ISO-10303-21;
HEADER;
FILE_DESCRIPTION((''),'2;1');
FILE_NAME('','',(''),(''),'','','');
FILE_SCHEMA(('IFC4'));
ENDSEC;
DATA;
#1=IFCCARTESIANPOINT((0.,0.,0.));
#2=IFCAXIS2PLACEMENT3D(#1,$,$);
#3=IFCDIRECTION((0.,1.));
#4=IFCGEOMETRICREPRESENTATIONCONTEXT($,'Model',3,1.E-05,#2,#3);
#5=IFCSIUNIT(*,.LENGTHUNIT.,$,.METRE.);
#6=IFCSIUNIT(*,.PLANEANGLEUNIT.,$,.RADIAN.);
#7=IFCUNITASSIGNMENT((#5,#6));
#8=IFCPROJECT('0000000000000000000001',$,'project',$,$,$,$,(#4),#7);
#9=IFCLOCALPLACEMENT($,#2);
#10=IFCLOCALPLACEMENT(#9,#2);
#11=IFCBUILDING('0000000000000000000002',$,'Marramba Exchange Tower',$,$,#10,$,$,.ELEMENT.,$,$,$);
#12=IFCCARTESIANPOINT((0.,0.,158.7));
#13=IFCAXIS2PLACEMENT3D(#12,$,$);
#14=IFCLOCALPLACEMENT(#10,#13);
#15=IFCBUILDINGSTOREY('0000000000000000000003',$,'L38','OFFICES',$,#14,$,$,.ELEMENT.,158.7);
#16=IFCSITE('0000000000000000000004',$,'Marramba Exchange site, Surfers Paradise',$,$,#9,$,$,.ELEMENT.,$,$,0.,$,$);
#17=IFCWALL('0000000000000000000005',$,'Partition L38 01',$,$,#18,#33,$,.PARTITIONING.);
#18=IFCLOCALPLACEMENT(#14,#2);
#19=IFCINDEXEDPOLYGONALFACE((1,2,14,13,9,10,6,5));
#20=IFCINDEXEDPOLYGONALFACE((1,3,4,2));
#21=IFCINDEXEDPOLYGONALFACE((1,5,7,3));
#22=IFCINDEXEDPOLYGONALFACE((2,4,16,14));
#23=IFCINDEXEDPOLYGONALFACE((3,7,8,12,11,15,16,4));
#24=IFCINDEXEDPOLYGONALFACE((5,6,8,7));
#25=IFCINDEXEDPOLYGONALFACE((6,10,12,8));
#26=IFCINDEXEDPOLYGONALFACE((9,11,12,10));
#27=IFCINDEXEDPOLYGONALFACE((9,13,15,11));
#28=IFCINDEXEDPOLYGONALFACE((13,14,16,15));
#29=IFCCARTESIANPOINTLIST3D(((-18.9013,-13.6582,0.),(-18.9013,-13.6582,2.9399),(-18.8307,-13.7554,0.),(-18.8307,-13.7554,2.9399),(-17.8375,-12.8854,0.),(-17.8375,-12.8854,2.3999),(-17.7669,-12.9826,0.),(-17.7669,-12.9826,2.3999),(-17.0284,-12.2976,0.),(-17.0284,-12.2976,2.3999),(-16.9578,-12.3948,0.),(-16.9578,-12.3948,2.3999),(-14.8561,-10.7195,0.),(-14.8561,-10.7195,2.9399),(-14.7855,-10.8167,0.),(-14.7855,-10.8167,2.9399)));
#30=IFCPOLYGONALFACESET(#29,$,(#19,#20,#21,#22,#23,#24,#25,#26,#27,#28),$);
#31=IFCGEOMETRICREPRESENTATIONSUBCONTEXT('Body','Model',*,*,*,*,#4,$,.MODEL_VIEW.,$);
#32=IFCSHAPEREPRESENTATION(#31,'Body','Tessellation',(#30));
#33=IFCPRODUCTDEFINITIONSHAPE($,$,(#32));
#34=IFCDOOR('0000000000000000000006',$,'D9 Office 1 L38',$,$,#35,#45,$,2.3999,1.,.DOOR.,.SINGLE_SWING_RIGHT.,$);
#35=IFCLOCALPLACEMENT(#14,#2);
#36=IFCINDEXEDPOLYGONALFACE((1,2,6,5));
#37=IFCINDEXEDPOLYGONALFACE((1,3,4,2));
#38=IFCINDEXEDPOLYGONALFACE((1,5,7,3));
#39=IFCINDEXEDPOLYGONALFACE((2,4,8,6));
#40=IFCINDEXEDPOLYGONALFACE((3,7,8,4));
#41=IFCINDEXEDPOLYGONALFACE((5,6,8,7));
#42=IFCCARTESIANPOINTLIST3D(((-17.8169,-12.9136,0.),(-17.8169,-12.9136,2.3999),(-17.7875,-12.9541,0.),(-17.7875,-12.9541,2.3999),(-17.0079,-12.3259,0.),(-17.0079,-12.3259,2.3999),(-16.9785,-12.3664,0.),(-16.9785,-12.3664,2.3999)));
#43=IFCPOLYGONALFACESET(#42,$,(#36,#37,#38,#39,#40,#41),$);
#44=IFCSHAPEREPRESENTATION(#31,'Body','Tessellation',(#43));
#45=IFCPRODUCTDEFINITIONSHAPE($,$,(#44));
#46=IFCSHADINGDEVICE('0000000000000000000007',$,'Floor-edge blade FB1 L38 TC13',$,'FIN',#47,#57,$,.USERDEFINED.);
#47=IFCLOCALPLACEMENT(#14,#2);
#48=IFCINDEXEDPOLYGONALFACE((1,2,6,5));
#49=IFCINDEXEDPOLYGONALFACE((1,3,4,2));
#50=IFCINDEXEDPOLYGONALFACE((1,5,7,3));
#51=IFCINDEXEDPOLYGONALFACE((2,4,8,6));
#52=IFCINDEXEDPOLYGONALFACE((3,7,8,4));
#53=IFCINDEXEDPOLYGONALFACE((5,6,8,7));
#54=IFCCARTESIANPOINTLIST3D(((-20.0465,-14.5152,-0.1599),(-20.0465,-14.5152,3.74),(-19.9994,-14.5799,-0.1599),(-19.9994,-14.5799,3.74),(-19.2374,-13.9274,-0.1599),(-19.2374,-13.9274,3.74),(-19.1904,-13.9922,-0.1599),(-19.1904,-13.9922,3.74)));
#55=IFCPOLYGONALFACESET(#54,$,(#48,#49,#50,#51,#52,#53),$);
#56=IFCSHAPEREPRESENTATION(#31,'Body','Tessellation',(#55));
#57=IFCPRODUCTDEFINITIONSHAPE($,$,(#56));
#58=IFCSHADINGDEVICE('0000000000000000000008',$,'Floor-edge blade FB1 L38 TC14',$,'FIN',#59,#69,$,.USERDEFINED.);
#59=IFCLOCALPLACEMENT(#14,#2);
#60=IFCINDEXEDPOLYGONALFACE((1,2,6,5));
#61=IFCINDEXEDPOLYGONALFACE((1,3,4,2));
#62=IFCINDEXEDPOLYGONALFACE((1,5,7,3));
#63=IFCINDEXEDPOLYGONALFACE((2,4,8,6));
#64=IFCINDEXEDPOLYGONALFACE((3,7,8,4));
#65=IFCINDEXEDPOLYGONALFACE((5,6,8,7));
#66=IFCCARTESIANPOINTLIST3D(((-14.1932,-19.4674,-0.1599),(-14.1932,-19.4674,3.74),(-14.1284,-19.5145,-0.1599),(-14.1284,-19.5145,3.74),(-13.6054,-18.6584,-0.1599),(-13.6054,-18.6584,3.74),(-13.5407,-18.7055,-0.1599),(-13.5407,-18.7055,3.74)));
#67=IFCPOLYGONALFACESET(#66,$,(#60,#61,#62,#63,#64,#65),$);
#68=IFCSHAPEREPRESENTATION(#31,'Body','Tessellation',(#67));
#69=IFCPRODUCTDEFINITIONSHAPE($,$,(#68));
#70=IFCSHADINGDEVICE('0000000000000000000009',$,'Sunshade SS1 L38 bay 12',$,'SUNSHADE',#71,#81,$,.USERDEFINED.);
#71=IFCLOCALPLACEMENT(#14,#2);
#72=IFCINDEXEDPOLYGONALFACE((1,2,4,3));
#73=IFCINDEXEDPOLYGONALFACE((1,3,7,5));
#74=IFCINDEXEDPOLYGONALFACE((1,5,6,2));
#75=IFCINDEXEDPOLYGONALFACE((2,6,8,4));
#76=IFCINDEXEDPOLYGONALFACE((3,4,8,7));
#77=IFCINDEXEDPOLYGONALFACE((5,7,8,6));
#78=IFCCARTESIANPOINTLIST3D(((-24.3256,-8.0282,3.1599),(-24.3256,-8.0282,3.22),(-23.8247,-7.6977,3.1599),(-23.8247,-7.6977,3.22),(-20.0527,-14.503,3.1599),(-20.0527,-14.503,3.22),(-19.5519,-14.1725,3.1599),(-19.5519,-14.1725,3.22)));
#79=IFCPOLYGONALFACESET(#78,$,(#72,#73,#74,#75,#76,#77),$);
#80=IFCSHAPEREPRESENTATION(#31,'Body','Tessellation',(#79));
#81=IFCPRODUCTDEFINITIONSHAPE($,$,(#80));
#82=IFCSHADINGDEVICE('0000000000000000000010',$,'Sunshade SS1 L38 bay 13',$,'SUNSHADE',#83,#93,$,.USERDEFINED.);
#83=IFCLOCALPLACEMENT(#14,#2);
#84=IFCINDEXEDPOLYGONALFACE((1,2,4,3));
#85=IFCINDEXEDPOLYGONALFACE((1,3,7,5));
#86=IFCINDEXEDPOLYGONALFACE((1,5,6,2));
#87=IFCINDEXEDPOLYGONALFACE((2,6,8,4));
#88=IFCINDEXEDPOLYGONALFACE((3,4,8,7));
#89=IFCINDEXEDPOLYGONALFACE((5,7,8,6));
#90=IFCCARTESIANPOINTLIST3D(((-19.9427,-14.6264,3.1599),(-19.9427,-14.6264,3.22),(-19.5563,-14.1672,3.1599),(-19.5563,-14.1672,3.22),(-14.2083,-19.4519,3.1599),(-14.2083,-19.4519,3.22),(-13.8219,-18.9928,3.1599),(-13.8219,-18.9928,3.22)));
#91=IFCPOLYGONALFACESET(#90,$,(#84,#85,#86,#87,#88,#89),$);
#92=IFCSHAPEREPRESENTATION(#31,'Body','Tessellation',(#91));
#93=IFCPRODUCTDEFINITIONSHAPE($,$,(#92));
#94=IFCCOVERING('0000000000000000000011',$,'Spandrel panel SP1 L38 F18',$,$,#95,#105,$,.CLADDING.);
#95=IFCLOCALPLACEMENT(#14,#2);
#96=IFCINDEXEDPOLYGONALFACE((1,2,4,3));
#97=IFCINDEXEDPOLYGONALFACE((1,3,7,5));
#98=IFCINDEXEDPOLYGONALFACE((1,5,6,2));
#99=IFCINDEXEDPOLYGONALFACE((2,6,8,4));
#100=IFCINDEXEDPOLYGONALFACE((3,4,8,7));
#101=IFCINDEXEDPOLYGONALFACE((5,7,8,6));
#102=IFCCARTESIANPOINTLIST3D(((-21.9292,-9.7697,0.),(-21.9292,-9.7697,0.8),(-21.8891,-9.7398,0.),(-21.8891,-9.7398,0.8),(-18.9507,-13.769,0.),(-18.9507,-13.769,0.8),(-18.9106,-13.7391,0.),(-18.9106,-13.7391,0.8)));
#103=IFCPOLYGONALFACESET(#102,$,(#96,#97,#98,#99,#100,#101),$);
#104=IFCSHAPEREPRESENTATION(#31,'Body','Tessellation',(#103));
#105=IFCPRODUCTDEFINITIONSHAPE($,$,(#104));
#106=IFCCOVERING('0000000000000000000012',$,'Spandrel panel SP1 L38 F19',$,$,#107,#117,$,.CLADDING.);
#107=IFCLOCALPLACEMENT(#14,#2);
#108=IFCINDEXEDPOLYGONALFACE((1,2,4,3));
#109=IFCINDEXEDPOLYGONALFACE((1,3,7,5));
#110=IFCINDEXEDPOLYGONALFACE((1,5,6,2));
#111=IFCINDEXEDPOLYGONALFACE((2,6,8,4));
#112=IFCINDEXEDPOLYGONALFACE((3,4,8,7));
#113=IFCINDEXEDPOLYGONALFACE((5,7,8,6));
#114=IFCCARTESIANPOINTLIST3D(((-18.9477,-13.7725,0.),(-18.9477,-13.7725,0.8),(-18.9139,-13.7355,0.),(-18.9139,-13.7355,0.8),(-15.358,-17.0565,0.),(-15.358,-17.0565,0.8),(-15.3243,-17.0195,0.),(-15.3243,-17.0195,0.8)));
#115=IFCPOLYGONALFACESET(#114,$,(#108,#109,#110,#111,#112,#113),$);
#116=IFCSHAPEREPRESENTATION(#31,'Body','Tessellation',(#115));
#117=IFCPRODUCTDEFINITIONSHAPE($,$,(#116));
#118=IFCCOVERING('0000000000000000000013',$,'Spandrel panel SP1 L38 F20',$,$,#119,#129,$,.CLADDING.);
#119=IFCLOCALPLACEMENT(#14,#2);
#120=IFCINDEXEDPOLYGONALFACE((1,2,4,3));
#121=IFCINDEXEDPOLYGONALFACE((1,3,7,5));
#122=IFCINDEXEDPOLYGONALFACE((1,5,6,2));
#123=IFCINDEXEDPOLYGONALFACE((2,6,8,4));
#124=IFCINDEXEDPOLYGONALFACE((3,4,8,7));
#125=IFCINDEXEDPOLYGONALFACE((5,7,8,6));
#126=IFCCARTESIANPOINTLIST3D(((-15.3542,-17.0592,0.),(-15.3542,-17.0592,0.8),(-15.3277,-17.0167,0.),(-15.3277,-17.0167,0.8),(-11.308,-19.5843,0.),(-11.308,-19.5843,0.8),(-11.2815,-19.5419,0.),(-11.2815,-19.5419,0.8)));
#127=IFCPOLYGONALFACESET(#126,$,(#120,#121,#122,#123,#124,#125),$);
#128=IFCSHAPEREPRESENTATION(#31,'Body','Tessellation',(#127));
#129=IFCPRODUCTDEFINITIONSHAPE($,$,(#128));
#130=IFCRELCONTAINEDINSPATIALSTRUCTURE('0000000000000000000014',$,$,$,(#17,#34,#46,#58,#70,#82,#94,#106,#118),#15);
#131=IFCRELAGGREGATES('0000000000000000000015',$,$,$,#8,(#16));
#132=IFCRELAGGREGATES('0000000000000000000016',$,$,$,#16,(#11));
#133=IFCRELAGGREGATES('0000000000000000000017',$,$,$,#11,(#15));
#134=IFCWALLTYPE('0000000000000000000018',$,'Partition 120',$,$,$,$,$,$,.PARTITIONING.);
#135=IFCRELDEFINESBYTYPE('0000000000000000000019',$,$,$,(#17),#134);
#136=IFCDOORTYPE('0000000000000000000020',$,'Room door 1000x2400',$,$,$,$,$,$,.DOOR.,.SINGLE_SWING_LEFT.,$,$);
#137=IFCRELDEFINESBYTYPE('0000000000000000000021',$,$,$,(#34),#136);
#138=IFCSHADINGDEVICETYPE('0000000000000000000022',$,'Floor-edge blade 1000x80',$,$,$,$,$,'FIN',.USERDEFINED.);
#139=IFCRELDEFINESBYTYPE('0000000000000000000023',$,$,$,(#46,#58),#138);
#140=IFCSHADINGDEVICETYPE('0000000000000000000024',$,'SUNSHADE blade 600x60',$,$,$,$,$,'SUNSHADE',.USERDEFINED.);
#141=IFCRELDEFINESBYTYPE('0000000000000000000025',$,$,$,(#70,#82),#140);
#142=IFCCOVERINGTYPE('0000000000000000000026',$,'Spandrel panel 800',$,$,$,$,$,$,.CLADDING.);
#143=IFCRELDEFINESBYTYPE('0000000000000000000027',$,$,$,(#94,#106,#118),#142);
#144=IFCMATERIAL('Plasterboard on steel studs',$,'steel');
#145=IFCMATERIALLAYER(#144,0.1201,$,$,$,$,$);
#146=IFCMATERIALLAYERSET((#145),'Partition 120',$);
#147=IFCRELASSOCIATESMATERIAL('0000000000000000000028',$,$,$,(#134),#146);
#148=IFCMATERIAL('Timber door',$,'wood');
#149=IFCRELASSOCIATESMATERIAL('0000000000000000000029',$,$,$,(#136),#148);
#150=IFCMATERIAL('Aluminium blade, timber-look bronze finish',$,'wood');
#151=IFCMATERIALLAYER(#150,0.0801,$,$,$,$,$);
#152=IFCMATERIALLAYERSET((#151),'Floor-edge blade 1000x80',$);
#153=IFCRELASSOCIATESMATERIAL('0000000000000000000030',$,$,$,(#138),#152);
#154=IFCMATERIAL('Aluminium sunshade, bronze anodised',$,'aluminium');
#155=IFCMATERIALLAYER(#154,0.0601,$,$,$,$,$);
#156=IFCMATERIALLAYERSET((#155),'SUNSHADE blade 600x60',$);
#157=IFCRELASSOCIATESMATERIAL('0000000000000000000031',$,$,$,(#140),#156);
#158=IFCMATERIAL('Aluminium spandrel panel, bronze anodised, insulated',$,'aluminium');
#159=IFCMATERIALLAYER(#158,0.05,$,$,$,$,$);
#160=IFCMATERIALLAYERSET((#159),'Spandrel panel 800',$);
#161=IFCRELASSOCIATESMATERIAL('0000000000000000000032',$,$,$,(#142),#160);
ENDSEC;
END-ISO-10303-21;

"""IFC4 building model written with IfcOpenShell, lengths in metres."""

from ifc_helpers import new_model, si_unit, direction, frame, frame_2d, origin, origin_2d, place, context, subcontext, project, spatial, rectangle, extrude, material, layer, layer_set, type_object, element, fill, save


model = new_model("IFC4")

# Units and contexts
model_context = context("Model", 3, precision=1e-05, world=origin(), true_north=direction((0.0, 1.0)))
body_context = subcontext(model_context, "Body", "Model", "MODEL_VIEW")
ifc_project = project(units=[si_unit("LENGTHUNIT", "METRE"), si_unit("PLANEANGLEUNIT", "RADIAN")], contexts=[model_context])

# Site, building, storey
site_placement = place(None, origin())
site = spatial("IfcSite", under=ifc_project, at=site_placement, Name="Marramba Exchange site, Surfers Paradise", CompositionType="ELEMENT", RefElevation=0.0)
building_placement = place(site_placement, origin())
building = spatial("IfcBuilding", under=site, at=building_placement, Name="Marramba Exchange Tower", CompositionType="ELEMENT")
storey_placement = place(building_placement, frame((0.0, 0.0, 158.7)))
storey = spatial("IfcBuildingStorey", under=building, at=storey_placement, Name="L38", Description="OFFICES", CompositionType="ELEMENT", Elevation=158.7)

# Wall, opening, door
ifc_material_1 = material(Name="Plasterboard on steel studs", Category="steel")
ifc_layer_1 = layer(ifc_material_1, 0.1201)
ifc_layer_set_1 = layer_set([ifc_layer_1], Name="Partition 120")
wall_type_1 = type_object("IfcWallType", Name="Partition 120", PredefinedType="PARTITIONING", material=ifc_layer_set_1)
wall_1_placement = place(storey_placement, frame((-14.8208, -10.7681, 0.0), z_axis=(0.0, 0.0, 1.0), x_axis=(-0.809042, -0.587751, 0.0)))
wall_1 = element("IfcWall", 1, at=wall_1_placement, inside=storey, type_object=wall_type_1, Name="Partition L38 01", PredefinedType="PARTITIONING", context=body_context, shape_type="SweptSolid", body=[
    extrude(rectangle(XDim=5.0, YDim=0.1201, at=frame_2d((2.5, 0.0))), origin(), (0.0, 0.0, 1.0), 2.9399),
])
opening_1_placement = place(wall_1_placement, frame((2.6851, 0.0, 0.0)))
opening_1 = element("IfcOpeningElement", 2, at=opening_1_placement, cuts=wall_1, PredefinedType="OPENING", context=body_context, shape_type="SweptSolid", body=[
    extrude(rectangle(XDim=1.0, YDim=2.3999, at=frame_2d((0.5, 1.2))), frame((0.0, 0.0701, 0.0), z_axis=(0.0, -1.0, 0.0), x_axis=(1.0, 0.0, 0.0)), (0.0, 0.0, 1.0), 0.1401),
])
ifc_material_2 = material(Name="Timber door", Category="wood")
door_type_1 = type_object("IfcDoorType", Name="Room door 1000x2400", OperationType="SINGLE_SWING_LEFT", PredefinedType="DOOR", material=ifc_material_2)
door_1_placement = place(opening_1_placement, origin())
door_1 = element("IfcDoor", 3, at=door_1_placement, inside=storey, type_object=door_type_1, Name="D9 Office 1 L38", OperationType="SINGLE_SWING_RIGHT", OverallHeight=2.3999, OverallWidth=1.0, PredefinedType="DOOR", context=body_context, shape_type="SweptSolid", body=[
    extrude(rectangle(XDim=1.0, YDim=2.3999, at=frame_2d((0.5, 1.2))), frame((0.0, 0.0249, 0.0), z_axis=(0.0, -1.0, 0.0), x_axis=(1.0, 0.0, 0.0)), (0.0, 0.0, 1.0), 0.05),
])
fill(opening_1, door_1)

# Shading devices
ifc_material_3 = material(Name="Aluminium blade, timber-look bronze finish", Category="wood")
ifc_layer_2 = layer(ifc_material_3, 0.0801)
ifc_layer_set_2 = layer_set([ifc_layer_2], Name="Floor-edge blade 1000x80")
shading_device_type_1 = type_object("IfcShadingDeviceType", Name="Floor-edge blade 1000x80", ElementType="FIN", PredefinedType="USERDEFINED", material=ifc_layer_set_2)
for number, where, z_axis, x_axis, name in (
    (4, (-19.6184, -14.2537, -0.1599), (0.0, 0.0, 1.0), (-0.809017, -0.587785, 0.0), "Floor-edge blade FB1 L38 TC13"),
    (5, (-13.8669, -19.0864, -0.1599), (0.0, 0.0, 1.0), (-0.587785, -0.809017, 0.0), "Floor-edge blade FB1 L38 TC14"),
):
    element("IfcShadingDevice", number, at=place(storey_placement, frame(where, z_axis=z_axis, x_axis=x_axis)), inside=storey, type_object=shading_device_type_1, Name=name, ObjectType="FIN", PredefinedType="USERDEFINED", context=body_context, shape_type="SweptSolid", body=[
        extrude(rectangle(XDim=1.0, YDim=0.0801, at=origin_2d()), origin(), (0.0, 0.0, 1.0), 3.8999),
    ])
ifc_material_4 = material(Name="Aluminium sunshade, bronze anodised", Category="aluminium")
ifc_layer_3 = layer(ifc_material_4, 0.0601)
ifc_layer_set_3 = layer_set([ifc_layer_3], Name="SUNSHADE blade 600x60")
shading_device_type_2 = type_object("IfcShadingDeviceType", Name="SUNSHADE blade 600x60", ElementType="SUNSHADE", PredefinedType="USERDEFINED", material=ifc_layer_set_3)
shading_device_1_placement = place(storey_placement, frame((-21.9387, -11.1003, 3.1599), z_axis=(0.0, 0.0, 1.0), x_axis=(0.550792, -0.834642, 0.0)))
element("IfcShadingDevice", 6, at=shading_device_1_placement, inside=storey, type_object=shading_device_type_2, Name="Sunshade SS1 L38 bay 12", ObjectType="SUNSHADE", PredefinedType="USERDEFINED", context=body_context, shape_type="SweptSolid", body=[
    extrude(rectangle(XDim=7.7576, YDim=0.6001, at=origin_2d()), origin(), (0.0, 0.0, 1.0), 0.0601),
])
shading_device_2_placement = place(storey_placement, frame((-16.8823, -16.8096, 3.1599), z_axis=(0.0, 0.0, 1.0), x_axis=(0.765139, -0.643866, 0.0)))
element("IfcShadingDevice", 7, at=shading_device_2_placement, inside=storey, type_object=shading_device_type_2, Name="Sunshade SS1 L38 bay 13", ObjectType="SUNSHADE", PredefinedType="USERDEFINED", context=body_context, shape_type="SweptSolid", body=[
    extrude(rectangle(XDim=7.4946, YDim=0.6001, at=origin_2d()), origin(), (0.0, 0.0, 1.0), 0.0601),
])

# Coverings
ifc_material_5 = material(Name="Aluminium spandrel panel, bronze anodised, insulated", Category="aluminium")
ifc_layer_4 = layer(ifc_material_5, 0.05)
ifc_layer_set_4 = layer_set([ifc_layer_4], Name="Spandrel panel 800")
covering_type = type_object("IfcCoveringType", Name="Spandrel panel 800", PredefinedType="CLADDING", material=ifc_layer_set_4)
covering_1_placement = place(storey_placement, frame((-20.4199, -11.7544, 0.0), z_axis=(0.0, 0.0, 1.0), x_axis=(0.597305, -0.802014, 0.0)))
element("IfcCovering", 8, at=covering_1_placement, inside=storey, type_object=covering_type, Name="Spandrel panel SP1 L38 F18", PredefinedType="CLADDING", context=body_context, shape_type="SweptSolid", body=[
    extrude(rectangle(XDim=4.9866, YDim=0.05, at=origin_2d()), origin(), (0.0, 0.0, 1.0), 0.8),
])
covering_2_placement = place(storey_placement, frame((-17.136, -15.396, 0.0), z_axis=(0.0, 0.0, 1.0), x_axis=(0.737822, -0.674995, 0.0)))
element("IfcCovering", 9, at=covering_2_placement, inside=storey, type_object=covering_type, Name="Spandrel panel SP1 L38 F19", PredefinedType="CLADDING", context=body_context, shape_type="SweptSolid", body=[
    extrude(rectangle(XDim=4.8652, YDim=0.05, at=origin_2d()), origin(), (0.0, 0.0, 1.0), 0.8),
])
covering_3_placement = place(storey_placement, frame((-13.3179, -18.3005, 0.0), z_axis=(0.0, 0.0, 1.0), x_axis=(0.848355, -0.529428, 0.0)))
element("IfcCovering", 10, at=covering_3_placement, inside=storey, type_object=covering_type, Name="Spandrel panel SP1 L38 F20", PredefinedType="CLADDING", context=body_context, shape_type="SweptSolid", body=[
    extrude(rectangle(XDim=4.7695, YDim=0.05, at=origin_2d()), origin(), (0.0, 0.0, 1.0), 0.8),
])

save(model, "model.ifc")
